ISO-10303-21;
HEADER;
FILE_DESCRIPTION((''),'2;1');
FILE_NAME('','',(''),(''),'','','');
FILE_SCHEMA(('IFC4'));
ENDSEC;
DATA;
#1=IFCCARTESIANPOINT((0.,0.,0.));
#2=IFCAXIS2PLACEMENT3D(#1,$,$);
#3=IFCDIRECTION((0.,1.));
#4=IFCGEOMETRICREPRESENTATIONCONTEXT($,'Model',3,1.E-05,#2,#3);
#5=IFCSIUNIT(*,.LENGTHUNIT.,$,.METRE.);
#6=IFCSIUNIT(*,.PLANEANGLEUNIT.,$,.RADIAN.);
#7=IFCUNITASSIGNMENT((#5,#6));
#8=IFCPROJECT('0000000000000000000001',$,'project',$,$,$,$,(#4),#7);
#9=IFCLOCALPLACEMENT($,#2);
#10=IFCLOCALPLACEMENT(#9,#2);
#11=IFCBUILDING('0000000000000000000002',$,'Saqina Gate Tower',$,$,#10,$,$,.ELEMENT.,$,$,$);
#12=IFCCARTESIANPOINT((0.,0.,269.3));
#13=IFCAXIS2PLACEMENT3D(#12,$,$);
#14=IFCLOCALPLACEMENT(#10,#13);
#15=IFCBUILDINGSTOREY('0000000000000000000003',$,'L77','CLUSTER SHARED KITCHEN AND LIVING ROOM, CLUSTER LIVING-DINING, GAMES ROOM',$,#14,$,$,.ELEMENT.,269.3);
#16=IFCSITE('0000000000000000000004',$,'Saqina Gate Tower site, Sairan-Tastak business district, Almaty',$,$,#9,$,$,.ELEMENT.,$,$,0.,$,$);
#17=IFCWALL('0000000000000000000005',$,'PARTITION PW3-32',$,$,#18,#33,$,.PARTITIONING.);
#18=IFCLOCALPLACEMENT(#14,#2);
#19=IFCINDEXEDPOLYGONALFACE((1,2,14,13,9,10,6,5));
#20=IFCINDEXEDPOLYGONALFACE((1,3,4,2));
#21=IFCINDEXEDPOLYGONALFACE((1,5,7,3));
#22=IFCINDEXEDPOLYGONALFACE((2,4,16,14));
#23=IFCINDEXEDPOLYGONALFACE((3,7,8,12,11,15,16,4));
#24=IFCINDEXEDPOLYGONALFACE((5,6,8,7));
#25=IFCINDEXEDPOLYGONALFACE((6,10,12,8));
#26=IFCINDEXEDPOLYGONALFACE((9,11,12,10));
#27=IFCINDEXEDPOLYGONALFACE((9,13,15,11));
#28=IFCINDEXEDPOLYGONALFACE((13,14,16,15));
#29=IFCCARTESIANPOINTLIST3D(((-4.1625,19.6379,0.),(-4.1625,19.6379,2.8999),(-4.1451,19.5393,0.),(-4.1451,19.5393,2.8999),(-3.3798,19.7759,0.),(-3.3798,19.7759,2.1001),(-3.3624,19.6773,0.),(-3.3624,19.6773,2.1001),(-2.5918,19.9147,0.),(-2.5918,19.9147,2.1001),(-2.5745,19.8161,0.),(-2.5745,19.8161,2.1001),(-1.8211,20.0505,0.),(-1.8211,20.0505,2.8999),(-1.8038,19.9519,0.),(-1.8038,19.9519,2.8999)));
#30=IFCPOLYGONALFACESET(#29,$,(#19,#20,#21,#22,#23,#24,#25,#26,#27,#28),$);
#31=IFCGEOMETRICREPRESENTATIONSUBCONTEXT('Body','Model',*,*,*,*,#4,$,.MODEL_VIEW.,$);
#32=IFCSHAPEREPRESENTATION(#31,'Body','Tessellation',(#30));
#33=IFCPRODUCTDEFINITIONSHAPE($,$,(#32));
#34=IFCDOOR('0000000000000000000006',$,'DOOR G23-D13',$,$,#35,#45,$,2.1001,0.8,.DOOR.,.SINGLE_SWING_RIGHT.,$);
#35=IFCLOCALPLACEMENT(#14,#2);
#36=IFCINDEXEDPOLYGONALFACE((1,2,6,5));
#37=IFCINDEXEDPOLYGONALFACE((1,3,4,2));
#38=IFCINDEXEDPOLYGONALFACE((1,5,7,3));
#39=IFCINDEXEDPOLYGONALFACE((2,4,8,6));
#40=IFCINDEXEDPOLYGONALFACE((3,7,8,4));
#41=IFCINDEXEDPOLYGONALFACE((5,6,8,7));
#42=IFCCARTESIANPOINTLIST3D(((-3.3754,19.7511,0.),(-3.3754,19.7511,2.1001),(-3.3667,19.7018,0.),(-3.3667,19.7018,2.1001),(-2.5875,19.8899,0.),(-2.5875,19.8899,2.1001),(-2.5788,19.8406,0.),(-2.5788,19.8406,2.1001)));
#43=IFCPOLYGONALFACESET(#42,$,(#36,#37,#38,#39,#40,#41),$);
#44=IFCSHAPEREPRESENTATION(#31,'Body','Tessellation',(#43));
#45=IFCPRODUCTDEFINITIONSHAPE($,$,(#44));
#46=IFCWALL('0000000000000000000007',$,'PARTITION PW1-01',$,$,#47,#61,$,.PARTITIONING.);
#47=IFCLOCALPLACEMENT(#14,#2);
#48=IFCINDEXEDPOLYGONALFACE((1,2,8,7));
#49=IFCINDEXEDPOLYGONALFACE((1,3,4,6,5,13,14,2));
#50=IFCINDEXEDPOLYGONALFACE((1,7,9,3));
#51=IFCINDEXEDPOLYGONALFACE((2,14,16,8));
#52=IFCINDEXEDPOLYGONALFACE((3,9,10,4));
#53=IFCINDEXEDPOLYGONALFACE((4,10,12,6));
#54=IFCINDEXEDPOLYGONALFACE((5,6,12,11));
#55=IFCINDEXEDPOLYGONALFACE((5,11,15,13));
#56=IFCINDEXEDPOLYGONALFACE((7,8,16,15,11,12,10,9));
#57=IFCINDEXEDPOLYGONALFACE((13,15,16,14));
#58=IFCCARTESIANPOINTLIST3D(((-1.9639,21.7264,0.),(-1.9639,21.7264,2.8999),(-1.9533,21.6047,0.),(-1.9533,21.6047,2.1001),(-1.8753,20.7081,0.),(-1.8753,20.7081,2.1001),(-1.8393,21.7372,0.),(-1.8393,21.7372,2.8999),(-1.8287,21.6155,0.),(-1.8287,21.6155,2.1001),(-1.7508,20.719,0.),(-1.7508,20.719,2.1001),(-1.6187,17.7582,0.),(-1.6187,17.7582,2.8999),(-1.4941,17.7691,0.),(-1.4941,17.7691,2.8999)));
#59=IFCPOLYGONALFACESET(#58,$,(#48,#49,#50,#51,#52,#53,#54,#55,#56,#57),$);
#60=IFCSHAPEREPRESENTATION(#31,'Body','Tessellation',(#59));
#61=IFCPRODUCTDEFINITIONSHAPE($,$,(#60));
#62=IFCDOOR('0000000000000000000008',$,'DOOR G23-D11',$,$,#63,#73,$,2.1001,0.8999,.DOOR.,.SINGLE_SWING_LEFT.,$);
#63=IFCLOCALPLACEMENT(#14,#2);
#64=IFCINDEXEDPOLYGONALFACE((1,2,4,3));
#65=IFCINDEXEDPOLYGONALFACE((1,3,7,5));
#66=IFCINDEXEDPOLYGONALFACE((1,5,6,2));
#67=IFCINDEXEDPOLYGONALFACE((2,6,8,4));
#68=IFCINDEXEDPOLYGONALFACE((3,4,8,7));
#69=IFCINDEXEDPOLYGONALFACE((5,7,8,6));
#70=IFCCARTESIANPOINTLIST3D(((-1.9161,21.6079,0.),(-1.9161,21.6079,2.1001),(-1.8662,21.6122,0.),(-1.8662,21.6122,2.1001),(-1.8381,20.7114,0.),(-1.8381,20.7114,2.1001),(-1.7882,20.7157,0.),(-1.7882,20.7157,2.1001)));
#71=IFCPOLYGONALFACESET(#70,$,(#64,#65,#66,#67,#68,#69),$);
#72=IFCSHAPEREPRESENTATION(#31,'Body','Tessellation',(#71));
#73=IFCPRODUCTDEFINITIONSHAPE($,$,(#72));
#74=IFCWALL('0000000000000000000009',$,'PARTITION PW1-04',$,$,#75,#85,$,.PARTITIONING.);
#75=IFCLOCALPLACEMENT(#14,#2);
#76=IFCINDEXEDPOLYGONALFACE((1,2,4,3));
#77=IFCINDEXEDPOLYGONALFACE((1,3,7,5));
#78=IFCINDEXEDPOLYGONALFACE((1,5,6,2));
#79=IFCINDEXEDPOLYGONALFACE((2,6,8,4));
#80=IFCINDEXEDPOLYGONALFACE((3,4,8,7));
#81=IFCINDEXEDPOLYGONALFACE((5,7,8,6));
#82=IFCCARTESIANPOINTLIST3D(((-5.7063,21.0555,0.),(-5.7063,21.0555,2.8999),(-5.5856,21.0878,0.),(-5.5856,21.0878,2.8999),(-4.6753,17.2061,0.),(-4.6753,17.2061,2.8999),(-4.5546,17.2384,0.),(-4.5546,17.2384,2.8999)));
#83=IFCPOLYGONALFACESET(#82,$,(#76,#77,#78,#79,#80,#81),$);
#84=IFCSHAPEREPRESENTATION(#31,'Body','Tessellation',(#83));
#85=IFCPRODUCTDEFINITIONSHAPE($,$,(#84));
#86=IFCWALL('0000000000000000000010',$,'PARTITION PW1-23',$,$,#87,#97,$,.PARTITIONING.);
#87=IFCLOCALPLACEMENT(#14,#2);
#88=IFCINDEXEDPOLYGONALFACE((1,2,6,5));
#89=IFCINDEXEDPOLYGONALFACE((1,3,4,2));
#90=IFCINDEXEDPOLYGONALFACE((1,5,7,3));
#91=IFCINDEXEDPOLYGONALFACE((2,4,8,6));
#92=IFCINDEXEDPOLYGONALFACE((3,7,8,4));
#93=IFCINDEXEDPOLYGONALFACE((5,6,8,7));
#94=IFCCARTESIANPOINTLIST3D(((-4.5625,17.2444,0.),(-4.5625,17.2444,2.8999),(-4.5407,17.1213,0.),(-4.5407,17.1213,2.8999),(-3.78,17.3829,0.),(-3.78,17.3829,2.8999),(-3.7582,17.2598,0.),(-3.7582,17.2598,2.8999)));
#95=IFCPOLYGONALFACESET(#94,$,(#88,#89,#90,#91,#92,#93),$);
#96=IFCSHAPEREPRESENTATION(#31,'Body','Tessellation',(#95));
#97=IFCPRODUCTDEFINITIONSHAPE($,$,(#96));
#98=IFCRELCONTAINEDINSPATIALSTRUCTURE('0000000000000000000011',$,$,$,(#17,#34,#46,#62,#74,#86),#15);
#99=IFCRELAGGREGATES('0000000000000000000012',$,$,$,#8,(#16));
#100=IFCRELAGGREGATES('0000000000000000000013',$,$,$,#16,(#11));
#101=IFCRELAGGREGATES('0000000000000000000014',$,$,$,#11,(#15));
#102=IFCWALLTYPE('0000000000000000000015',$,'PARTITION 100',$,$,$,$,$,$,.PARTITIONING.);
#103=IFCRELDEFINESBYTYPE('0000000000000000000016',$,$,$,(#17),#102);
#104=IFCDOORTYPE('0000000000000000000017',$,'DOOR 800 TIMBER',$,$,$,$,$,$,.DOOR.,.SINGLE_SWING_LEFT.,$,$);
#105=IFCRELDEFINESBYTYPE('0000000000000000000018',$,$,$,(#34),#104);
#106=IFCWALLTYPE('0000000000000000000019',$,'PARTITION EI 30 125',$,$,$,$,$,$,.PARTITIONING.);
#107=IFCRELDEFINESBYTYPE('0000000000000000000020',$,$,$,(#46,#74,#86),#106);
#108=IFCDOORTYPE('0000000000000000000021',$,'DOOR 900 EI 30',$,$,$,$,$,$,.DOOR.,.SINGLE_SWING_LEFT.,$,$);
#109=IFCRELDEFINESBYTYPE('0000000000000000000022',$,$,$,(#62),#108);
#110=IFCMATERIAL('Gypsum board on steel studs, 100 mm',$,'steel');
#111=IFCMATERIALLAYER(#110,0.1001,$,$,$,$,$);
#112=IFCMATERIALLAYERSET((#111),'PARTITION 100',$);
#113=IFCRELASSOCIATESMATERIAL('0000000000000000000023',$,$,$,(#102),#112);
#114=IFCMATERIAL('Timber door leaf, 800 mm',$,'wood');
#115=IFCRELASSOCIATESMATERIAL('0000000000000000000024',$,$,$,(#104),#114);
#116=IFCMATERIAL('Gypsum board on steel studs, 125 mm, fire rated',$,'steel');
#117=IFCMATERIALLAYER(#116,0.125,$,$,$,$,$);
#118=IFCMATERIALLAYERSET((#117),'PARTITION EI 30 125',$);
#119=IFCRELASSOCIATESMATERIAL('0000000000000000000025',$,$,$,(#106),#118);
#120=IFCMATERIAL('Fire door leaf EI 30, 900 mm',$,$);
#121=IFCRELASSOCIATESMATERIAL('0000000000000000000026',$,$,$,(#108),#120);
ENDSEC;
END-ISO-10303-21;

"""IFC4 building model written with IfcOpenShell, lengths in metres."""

from ifc_helpers import new_model, si_unit, direction, frame, frame_2d, origin, place, context, subcontext, project, spatial, rectangle, extrude, material, layer, layer_set, type_object, element, fill, save


model = new_model("IFC4")

# Units and contexts
model_context = context("Model", 3, precision=1e-05, world=origin(), true_north=direction((0.0, 1.0)))
body_context = subcontext(model_context, "Body", "Model", "MODEL_VIEW")
ifc_project = project(units=[si_unit("LENGTHUNIT", "METRE"), si_unit("PLANEANGLEUNIT", "RADIAN")], contexts=[model_context])

# Site, building, storey
site_placement = place(None, origin())
site = spatial("IfcSite", under=ifc_project, at=site_placement, Name="Saqina Gate Tower site, Sairan-Tastak business district, Almaty", CompositionType="ELEMENT", RefElevation=0.0)
building_placement = place(site_placement, origin())
building = spatial("IfcBuilding", under=site, at=building_placement, Name="Saqina Gate Tower", CompositionType="ELEMENT")
storey_placement = place(building_placement, frame((0.0, 0.0, 269.3)))
storey = spatial("IfcBuildingStorey", under=building, at=storey_placement, Name="L77", Description="CLUSTER SHARED KITCHEN AND LIVING ROOM, CLUSTER LIVING-DINING, GAMES ROOM", CompositionType="ELEMENT", Elevation=269.3)

# Shared definitions
ifc_material_1 = material(Name="Gypsum board on steel studs, 100 mm", Category="steel")
ifc_layer_1 = layer(ifc_material_1, 0.1001)
ifc_layer_set_1 = layer_set([ifc_layer_1], Name="PARTITION 100")
wall_type_1 = type_object("IfcWallType", Name="PARTITION 100", PredefinedType="PARTITIONING", material=ifc_layer_set_1)

# Walls, openings, doors
wall_1_placement = place(storey_placement, frame((-4.1538, 19.5886, 0.0), z_axis=(0.0, 0.0, 1.0), x_axis=(0.984825, 0.173551, 0.0)))
wall_1 = element("IfcWall", 1, at=wall_1_placement, inside=storey, type_object=wall_type_1, Name="PARTITION PW3-32", PredefinedType="PARTITIONING", context=body_context, shape_type="SweptSolid", body=[
    extrude(rectangle(XDim=2.3774, YDim=0.1001, at=frame_2d((1.1887, 0.0))), origin(), (0.0, 0.0, 1.0), 2.8999),
])
opening_1_placement = place(wall_1_placement, frame((0.7949, 0.0, 0.0)))
opening_1 = element("IfcOpeningElement", 2, at=opening_1_placement, cuts=wall_1, PredefinedType="OPENING", context=body_context, shape_type="SweptSolid", body=[
    extrude(rectangle(XDim=0.8, YDim=2.1001, at=frame_2d((0.3999, 1.05))), frame((0.0, 0.062, 0.0), z_axis=(0.0, -1.0, 0.0), x_axis=(1.0, 0.0, 0.0)), (0.0, 0.0, 1.0), 0.124),
])
ifc_material_2 = material(Name="Timber door leaf, 800 mm", Category="wood")
door_type_1 = type_object("IfcDoorType", Name="DOOR 800 TIMBER", OperationType="SINGLE_SWING_LEFT", PredefinedType="DOOR", material=ifc_material_2)
door_1_placement = place(opening_1_placement, origin())
door_1 = element("IfcDoor", 3, at=door_1_placement, inside=storey, type_object=door_type_1, Name="DOOR G23-D13", OperationType="SINGLE_SWING_RIGHT", OverallHeight=2.1001, OverallWidth=0.8, PredefinedType="DOOR", context=body_context, shape_type="SweptSolid", body=[
    extrude(rectangle(XDim=0.8, YDim=2.1001, at=frame_2d((0.3999, 1.05))), frame((0.0, 0.0249, 0.0), z_axis=(0.0, -1.0, 0.0), x_axis=(1.0, 0.0, 0.0)), (0.0, 0.0, 1.0), 0.05),
])
fill(opening_1, door_1)
ifc_material_3 = material(Name="Gypsum board on steel studs, 125 mm, fire rated", Category="steel")
ifc_layer_2 = layer(ifc_material_3, 0.125)
ifc_layer_set_2 = layer_set([ifc_layer_2], Name="PARTITION EI 30 125")
wall_type_2 = type_object("IfcWallType", Name="PARTITION EI 30 125", PredefinedType="PARTITIONING", material=ifc_layer_set_2)
wall_2_placement = place(storey_placement, frame((-1.9016, 21.7319, 0.0), z_axis=(0.0, 0.0, 1.0), x_axis=(0.086667, -0.996237, 0.0)))
wall_2 = element("IfcWall", 4, at=wall_2_placement, inside=storey, type_object=wall_type_2, Name="PARTITION PW1-01", PredefinedType="PARTITIONING", context=body_context, shape_type="SweptSolid", body=[
    extrude(rectangle(XDim=3.9832, YDim=0.125, at=frame_2d((1.9917, 0.0))), origin(), (0.0, 0.0, 1.0), 2.8999),
])
opening_2_placement = place(wall_2_placement, frame((0.1223, 0.0, 0.0)))
opening_2 = element("IfcOpeningElement", 5, at=opening_2_placement, cuts=wall_2, PredefinedType="OPENING", context=body_context, shape_type="SweptSolid", body=[
    extrude(rectangle(XDim=0.8999, YDim=2.1001, at=frame_2d((0.45, 1.05))), frame((0.0, 0.0745, 0.0), z_axis=(0.0, -1.0, 0.0), x_axis=(1.0, 0.0, 0.0)), (0.0, 0.0, 1.0), 0.1489),
])
ifc_material_4 = material(Name="Fire door leaf EI 30, 900 mm")
door_type_2 = type_object("IfcDoorType", Name="DOOR 900 EI 30", OperationType="SINGLE_SWING_LEFT", PredefinedType="DOOR", material=ifc_material_4)
door_2_placement = place(opening_2_placement, origin())
door_2 = element("IfcDoor", 6, at=door_2_placement, inside=storey, type_object=door_type_2, Name="DOOR G23-D11", OperationType="SINGLE_SWING_LEFT", OverallHeight=2.1001, OverallWidth=0.8999, PredefinedType="DOOR", context=body_context, shape_type="SweptSolid", body=[
    extrude(rectangle(XDim=0.8999, YDim=2.1001, at=frame_2d((0.45, 1.05))), frame((0.0, 0.0249, 0.0), z_axis=(0.0, -1.0, 0.0), x_axis=(1.0, 0.0, 0.0)), (0.0, 0.0, 1.0), 0.05),
])
fill(opening_2, door_2)

# Walls
wall_3_placement = place(storey_placement, frame((-5.646, 21.0718, 0.0), z_axis=(0.0, 0.0, 1.0), x_axis=(0.258719, -0.965953, 0.0)))
element("IfcWall", 7, at=wall_3_placement, inside=storey, type_object=wall_type_2, Name="PARTITION PW1-04", PredefinedType="PARTITIONING", context=body_context, shape_type="SweptSolid", body=[
    extrude(rectangle(XDim=3.9851, YDim=0.125, at=frame_2d((1.9927, 0.0))), origin(), (0.0, 0.0, 1.0), 2.8999),
])
wall_4_placement = place(storey_placement, frame((-4.5518, 17.1829, 0.0), z_axis=(0.0, 0.0, 1.0), x_axis=(0.984709, 0.174206, 0.0)))
element("IfcWall", 8, at=wall_4_placement, inside=storey, type_object=wall_type_2, Name="PARTITION PW1-23", PredefinedType="PARTITIONING", context=body_context, shape_type="SweptSolid", body=[
    extrude(rectangle(XDim=0.7947, YDim=0.125, at=frame_2d((0.3975, 0.0))), origin(), (0.0, 0.0, 1.0), 2.8999),
])

save(model, "model.ifc")
